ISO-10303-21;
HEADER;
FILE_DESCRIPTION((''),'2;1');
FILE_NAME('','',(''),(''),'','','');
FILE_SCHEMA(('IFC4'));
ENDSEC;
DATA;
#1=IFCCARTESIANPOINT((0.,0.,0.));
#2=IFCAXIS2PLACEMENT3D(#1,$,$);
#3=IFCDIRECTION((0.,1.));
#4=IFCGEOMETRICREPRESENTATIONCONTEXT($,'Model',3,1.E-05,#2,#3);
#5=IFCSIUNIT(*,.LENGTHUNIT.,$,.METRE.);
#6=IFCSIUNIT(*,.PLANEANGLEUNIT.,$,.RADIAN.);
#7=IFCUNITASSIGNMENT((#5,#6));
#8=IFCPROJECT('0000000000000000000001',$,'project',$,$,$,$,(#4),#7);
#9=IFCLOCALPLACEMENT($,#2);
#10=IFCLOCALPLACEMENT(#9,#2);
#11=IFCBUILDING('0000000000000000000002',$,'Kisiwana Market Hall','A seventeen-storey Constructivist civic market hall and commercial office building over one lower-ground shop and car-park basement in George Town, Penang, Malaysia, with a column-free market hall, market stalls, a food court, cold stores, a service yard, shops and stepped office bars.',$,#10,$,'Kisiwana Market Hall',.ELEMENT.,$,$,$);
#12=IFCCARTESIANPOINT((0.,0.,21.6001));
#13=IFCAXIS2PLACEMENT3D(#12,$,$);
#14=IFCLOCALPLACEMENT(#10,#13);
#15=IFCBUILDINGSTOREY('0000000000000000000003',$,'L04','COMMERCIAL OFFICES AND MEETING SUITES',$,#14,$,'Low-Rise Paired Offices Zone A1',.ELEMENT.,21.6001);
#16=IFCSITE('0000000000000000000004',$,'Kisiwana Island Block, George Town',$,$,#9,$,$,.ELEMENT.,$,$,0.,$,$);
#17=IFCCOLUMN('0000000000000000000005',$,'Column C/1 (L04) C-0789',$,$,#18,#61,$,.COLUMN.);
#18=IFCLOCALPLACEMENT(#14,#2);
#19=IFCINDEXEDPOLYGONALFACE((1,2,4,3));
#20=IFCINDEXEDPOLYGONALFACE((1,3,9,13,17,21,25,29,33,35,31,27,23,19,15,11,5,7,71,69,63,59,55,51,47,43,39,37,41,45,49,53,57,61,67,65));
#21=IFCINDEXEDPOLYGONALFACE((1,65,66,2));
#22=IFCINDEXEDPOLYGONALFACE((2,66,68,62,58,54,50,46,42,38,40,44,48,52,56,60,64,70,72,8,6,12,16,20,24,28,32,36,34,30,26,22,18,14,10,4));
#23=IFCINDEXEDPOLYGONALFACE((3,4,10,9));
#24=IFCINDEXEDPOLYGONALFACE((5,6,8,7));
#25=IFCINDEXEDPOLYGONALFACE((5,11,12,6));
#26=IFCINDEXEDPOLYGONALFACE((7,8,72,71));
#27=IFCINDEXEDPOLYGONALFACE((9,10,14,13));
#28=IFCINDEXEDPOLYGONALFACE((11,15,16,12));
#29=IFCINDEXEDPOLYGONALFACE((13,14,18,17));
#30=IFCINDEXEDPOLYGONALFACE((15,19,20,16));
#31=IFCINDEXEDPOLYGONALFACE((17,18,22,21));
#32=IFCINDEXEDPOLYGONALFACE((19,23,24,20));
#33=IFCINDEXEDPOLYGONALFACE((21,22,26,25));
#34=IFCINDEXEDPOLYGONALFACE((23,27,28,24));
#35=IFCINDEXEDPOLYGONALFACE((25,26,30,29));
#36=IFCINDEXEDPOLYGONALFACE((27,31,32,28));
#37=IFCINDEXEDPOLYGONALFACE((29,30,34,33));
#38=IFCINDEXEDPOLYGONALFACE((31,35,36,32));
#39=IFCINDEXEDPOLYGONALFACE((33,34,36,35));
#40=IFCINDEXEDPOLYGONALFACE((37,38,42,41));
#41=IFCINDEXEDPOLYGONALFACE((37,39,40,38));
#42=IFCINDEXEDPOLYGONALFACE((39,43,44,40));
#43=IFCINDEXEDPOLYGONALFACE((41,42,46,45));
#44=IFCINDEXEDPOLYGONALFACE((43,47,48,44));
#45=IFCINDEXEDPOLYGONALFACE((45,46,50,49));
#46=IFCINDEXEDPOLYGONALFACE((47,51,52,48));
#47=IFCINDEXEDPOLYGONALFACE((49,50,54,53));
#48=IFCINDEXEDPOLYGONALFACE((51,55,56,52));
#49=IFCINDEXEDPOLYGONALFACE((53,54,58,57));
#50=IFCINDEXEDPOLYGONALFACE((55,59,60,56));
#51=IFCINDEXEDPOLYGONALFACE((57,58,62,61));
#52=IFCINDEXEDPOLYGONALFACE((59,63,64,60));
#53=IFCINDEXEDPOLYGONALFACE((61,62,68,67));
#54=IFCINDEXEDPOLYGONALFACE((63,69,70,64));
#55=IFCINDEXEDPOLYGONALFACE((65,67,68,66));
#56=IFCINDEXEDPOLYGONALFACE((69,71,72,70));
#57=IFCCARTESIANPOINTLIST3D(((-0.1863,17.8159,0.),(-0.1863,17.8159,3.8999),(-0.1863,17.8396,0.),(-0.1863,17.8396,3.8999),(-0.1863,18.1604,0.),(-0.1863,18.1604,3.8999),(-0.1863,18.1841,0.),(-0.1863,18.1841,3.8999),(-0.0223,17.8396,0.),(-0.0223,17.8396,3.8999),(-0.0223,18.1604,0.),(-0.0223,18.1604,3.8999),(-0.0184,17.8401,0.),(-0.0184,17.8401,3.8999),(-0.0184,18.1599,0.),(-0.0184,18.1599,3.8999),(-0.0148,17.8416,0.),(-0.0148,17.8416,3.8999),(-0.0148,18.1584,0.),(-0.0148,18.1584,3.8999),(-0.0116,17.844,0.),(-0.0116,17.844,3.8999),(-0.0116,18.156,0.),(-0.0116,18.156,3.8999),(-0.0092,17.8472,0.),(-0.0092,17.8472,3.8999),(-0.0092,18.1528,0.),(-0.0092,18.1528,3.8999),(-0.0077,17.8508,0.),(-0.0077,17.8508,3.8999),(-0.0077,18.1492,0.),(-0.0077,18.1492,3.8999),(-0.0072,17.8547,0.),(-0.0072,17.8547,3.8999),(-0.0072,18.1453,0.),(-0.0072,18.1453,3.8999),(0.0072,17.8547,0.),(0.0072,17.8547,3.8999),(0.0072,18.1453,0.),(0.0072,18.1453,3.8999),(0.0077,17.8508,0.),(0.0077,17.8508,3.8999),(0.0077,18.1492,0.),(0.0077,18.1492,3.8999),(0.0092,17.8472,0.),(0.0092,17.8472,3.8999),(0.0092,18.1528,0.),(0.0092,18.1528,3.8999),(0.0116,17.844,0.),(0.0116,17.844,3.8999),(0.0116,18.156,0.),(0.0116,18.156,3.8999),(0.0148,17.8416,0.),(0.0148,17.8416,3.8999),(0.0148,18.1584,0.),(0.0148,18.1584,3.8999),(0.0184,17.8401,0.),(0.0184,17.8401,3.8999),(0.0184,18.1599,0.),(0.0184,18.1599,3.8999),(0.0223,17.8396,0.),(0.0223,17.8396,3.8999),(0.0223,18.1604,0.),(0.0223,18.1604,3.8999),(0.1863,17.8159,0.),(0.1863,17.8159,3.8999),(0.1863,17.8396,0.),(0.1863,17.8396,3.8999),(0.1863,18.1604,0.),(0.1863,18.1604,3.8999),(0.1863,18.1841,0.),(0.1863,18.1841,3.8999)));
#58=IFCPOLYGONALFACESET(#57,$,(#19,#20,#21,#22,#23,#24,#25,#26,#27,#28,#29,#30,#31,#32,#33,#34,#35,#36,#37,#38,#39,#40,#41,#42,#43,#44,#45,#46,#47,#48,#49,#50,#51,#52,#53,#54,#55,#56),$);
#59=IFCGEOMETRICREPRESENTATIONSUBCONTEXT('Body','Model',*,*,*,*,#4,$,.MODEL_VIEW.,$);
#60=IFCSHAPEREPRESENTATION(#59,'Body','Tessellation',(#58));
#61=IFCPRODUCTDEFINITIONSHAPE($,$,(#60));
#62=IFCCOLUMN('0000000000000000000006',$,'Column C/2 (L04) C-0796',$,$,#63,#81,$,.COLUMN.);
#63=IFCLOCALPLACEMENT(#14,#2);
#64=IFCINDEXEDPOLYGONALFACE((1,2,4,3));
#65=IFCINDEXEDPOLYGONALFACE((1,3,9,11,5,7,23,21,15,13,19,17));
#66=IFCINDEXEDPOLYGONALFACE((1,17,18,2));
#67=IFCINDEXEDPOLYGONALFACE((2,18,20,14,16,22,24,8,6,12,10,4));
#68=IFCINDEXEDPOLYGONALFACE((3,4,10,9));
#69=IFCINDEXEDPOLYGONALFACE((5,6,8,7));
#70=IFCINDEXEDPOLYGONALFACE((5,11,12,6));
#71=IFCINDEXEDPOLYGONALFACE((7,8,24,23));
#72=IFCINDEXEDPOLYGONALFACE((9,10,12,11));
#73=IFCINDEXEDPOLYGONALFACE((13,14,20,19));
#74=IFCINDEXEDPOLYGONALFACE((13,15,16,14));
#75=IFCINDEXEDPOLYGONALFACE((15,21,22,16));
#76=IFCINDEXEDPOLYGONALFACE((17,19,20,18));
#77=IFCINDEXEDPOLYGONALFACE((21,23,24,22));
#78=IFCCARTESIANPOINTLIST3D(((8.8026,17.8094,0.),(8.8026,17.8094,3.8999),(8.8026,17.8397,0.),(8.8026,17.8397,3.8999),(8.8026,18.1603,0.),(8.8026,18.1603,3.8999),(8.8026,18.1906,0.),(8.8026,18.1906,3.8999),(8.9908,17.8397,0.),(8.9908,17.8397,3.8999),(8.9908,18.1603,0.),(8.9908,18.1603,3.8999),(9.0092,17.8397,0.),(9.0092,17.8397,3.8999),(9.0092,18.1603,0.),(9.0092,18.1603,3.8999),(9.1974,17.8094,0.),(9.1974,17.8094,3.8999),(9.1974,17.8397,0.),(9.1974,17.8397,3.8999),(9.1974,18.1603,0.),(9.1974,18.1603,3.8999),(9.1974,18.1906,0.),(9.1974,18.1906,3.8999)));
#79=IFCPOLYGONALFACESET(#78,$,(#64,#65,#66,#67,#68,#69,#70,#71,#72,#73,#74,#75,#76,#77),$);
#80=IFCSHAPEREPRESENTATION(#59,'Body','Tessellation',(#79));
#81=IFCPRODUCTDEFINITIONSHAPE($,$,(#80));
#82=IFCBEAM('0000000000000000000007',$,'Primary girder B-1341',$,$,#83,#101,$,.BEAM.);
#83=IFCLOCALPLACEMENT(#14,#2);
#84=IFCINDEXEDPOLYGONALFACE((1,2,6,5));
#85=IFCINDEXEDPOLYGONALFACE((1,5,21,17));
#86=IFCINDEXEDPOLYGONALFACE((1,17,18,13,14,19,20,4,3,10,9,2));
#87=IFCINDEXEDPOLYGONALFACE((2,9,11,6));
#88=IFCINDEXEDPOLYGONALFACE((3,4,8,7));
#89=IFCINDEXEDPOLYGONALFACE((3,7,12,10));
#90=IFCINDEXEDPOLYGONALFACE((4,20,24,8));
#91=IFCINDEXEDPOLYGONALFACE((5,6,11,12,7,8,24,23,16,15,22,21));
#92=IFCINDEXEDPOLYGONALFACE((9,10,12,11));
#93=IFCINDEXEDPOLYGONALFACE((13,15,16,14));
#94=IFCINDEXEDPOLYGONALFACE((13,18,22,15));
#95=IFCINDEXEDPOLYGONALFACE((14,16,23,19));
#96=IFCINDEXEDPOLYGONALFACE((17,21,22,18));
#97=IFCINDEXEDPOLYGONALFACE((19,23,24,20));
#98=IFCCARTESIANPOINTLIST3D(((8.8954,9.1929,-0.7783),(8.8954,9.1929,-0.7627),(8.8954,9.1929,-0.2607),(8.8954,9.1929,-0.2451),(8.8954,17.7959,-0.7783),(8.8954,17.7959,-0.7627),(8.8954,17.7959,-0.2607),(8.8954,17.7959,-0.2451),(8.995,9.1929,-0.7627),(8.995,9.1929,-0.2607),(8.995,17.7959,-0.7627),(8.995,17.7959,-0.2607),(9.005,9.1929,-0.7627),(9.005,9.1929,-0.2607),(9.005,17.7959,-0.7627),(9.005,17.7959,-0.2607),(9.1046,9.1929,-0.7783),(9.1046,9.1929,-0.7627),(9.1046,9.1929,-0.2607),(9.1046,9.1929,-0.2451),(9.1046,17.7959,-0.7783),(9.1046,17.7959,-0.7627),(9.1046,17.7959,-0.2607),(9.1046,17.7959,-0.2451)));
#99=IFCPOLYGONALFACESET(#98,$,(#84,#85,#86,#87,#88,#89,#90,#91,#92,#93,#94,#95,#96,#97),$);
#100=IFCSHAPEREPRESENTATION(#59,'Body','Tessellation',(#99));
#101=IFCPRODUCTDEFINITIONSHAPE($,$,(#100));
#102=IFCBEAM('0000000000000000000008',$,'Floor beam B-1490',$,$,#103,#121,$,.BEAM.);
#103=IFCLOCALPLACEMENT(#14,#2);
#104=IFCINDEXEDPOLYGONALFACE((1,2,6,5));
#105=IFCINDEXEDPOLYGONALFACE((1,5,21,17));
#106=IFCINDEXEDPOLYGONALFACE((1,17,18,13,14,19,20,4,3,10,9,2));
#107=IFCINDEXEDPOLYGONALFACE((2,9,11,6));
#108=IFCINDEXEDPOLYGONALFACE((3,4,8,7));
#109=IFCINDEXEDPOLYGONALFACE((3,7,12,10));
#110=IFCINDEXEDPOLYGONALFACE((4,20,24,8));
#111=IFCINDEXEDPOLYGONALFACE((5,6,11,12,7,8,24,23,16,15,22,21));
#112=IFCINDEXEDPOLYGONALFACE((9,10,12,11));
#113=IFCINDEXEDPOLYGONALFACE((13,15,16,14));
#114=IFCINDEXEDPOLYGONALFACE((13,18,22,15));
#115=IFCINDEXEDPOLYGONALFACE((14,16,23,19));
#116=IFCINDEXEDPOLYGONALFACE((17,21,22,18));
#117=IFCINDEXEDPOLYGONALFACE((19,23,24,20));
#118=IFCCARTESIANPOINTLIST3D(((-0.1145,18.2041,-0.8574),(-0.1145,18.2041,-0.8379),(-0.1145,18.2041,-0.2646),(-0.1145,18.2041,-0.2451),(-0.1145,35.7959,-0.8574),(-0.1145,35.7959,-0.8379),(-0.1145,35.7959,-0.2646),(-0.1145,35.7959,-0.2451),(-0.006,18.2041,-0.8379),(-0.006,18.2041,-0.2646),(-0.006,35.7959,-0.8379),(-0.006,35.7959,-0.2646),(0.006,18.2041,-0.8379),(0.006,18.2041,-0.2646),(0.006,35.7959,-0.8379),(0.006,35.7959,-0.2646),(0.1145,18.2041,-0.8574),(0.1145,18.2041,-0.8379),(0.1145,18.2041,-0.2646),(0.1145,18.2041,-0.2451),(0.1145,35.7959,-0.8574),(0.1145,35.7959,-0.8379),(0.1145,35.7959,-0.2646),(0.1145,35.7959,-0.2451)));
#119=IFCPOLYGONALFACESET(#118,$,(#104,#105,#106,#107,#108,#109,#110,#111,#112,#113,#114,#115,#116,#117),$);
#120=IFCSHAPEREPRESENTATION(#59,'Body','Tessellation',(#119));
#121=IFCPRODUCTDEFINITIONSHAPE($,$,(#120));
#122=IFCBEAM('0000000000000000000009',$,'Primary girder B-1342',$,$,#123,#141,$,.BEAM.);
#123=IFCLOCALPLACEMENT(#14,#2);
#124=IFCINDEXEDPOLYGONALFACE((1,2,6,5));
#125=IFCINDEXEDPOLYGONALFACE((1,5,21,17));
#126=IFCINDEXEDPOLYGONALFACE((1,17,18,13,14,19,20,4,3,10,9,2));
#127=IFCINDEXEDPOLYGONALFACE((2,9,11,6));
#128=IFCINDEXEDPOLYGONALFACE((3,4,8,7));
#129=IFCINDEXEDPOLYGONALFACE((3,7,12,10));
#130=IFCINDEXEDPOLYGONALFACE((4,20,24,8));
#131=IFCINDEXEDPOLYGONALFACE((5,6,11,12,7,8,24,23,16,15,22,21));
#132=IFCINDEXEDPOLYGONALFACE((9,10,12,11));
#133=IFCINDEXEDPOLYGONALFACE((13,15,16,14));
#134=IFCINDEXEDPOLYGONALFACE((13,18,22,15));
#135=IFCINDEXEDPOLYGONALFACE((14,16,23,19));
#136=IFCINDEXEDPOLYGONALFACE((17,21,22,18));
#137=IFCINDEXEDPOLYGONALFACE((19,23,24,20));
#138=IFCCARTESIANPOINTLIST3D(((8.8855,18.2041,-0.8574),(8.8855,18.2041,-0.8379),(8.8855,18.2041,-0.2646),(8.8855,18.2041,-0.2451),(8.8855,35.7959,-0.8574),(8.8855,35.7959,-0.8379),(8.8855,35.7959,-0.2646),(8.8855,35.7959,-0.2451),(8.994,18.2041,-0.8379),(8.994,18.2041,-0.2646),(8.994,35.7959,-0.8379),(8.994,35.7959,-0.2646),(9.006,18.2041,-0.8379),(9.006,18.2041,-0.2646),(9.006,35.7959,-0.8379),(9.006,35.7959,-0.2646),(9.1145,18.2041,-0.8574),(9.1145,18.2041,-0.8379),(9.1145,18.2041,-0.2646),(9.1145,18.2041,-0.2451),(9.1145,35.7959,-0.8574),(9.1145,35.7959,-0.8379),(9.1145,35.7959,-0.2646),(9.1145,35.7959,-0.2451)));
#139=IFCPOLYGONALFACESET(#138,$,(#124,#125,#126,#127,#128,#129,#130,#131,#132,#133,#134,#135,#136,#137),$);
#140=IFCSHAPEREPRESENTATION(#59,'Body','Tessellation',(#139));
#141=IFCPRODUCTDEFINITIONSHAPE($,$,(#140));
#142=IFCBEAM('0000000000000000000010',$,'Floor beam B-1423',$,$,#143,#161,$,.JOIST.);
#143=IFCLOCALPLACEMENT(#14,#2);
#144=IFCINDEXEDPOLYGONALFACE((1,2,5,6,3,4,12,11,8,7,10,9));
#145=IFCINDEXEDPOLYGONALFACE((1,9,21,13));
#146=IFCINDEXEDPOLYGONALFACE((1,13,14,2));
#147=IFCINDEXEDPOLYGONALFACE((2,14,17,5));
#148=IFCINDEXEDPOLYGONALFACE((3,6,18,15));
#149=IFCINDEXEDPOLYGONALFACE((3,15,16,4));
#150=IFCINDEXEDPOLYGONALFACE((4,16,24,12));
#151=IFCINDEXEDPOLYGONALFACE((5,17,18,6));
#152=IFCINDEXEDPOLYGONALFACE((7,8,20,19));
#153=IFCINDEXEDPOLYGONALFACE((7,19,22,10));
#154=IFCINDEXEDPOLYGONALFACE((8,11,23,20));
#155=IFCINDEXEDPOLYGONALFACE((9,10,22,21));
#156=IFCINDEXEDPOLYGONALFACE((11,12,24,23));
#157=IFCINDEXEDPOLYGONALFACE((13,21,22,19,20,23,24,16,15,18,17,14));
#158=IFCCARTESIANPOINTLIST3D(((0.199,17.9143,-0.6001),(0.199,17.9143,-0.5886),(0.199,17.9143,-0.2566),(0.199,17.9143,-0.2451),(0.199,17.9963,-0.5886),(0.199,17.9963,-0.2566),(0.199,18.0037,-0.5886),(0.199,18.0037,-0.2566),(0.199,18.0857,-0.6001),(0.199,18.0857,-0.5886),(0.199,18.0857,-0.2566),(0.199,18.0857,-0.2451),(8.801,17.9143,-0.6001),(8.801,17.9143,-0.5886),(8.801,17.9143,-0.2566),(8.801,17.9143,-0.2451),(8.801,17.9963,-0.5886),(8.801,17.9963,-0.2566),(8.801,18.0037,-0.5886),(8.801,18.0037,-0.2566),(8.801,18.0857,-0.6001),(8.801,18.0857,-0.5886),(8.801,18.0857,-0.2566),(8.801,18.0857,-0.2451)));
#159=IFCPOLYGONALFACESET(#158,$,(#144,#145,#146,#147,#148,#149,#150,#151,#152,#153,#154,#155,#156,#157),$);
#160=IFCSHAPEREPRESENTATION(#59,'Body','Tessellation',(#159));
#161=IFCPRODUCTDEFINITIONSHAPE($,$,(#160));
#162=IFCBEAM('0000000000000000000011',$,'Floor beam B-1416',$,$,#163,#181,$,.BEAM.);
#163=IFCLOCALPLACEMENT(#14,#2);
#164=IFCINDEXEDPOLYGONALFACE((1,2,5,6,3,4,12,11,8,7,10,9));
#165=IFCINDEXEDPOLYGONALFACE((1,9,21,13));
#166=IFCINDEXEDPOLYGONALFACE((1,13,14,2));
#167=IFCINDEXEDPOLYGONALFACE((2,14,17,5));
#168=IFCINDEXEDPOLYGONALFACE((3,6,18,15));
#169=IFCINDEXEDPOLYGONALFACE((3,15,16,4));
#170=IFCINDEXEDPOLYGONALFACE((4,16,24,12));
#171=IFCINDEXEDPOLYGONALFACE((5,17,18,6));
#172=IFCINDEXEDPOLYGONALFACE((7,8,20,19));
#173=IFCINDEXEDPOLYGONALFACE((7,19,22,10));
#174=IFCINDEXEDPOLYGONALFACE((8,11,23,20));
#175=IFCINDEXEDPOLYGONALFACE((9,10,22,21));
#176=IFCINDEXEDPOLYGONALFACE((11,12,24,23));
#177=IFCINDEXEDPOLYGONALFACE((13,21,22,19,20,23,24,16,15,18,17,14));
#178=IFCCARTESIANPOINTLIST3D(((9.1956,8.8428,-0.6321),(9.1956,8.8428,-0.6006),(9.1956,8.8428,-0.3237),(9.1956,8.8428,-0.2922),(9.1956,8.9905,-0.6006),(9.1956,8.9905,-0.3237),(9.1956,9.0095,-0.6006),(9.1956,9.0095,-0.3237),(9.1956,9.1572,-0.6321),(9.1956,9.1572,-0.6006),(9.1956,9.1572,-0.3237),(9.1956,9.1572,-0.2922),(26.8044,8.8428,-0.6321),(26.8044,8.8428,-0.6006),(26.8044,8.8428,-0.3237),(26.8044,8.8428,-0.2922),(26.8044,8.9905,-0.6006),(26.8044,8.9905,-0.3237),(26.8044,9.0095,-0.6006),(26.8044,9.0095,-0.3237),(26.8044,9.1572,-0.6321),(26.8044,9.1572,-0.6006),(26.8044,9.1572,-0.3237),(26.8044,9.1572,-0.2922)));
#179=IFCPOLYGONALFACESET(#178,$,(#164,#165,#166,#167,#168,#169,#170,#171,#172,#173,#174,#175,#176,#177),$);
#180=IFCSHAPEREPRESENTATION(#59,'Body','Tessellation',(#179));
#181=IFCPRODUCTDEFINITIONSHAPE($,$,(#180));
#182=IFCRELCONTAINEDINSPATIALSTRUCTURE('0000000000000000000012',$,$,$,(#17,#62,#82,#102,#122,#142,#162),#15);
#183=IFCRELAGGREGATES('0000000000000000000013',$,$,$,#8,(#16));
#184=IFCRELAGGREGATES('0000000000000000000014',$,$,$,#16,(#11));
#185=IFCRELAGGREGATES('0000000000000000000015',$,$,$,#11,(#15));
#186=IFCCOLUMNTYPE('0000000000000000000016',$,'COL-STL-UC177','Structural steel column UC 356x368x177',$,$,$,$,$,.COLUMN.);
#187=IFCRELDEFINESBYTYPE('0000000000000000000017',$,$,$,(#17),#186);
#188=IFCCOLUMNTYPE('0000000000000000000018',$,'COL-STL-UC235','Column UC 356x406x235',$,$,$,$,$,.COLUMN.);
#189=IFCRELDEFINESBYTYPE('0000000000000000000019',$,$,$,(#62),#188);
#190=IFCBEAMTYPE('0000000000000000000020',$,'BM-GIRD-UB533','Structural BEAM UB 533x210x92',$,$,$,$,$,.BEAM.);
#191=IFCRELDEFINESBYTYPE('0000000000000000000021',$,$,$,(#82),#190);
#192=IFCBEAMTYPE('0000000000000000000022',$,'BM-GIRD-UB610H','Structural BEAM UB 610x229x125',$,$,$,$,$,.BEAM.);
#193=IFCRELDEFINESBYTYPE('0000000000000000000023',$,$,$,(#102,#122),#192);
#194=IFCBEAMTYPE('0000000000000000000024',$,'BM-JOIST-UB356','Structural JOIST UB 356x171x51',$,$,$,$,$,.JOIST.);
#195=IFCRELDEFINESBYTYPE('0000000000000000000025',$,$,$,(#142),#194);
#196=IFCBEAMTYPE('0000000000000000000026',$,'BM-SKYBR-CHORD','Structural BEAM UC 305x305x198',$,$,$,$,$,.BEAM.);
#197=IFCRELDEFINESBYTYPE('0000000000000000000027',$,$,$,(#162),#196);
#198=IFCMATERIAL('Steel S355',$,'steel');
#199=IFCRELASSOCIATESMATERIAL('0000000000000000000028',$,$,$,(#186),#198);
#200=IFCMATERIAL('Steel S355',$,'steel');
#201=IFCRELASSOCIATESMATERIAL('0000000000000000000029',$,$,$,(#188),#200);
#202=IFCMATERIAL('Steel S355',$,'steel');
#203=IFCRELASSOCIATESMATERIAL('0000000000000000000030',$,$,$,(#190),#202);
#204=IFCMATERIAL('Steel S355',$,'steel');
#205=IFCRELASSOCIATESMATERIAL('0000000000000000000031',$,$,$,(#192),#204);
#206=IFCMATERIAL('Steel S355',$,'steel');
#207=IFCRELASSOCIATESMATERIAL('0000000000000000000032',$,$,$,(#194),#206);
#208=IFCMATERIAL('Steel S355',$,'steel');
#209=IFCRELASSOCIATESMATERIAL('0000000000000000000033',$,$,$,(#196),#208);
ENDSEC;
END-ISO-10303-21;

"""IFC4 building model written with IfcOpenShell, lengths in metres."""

from ifc_helpers import new_model, si_unit, direction, frame, origin, origin_2d, place, context, subcontext, project, spatial, i_section, extrude, material, material_profile, profile_set, type_object, element, save


model = new_model("IFC4")

# Units and contexts
model_context = context("Model", 3, precision=1e-05, world=origin(), true_north=direction((0.0, 1.0)))
body_context = subcontext(model_context, "Body", "Model", "MODEL_VIEW")
ifc_project = project(units=[si_unit("LENGTHUNIT", "METRE"), si_unit("PLANEANGLEUNIT", "RADIAN")], contexts=[model_context])

# Site, building, storey
site_placement = place(None, origin())
site = spatial("IfcSite", under=ifc_project, at=site_placement, Name="Kisiwana Island Block, George Town", CompositionType="ELEMENT", RefElevation=0.0)
building_placement = place(site_placement, origin())
building = spatial("IfcBuilding", under=site, at=building_placement, Name="Kisiwana Market Hall", Description="A seventeen-storey Constructivist civic market hall and commercial office building over one lower-ground shop and car-park basement in George Town, Penang, Malaysia, with a column-free market hall, market stalls, a food court, cold stores, a service yard, shops and stepped office bars.", LongName="Kisiwana Market Hall", CompositionType="ELEMENT")
storey_placement = place(building_placement, frame((0.0, 0.0, 21.6001)))
storey = spatial("IfcBuildingStorey", under=building, at=storey_placement, Name="L04", Description="COMMERCIAL OFFICES AND MEETING SUITES", LongName="Low-Rise Paired Offices Zone A1", CompositionType="ELEMENT", Elevation=21.6001)

# Columns
ifc_material_1 = material(Name="Steel S355", Category="steel")
ifc_material_profile_1 = material_profile(ifc_material_1, i_section(OverallWidth=0.3726, OverallDepth=0.3682, WebThickness=0.0144, FlangeThickness=0.0237, FilletRadius=0.0151, at=origin_2d()), Name="UC 356x368x177")
ifc_profile_set_1 = profile_set([ifc_material_profile_1], Name="Steel S355")
column_type_1 = type_object("IfcColumnType", Name="COL-STL-UC177", Description="Structural steel column UC 356x368x177", PredefinedType="COLUMN", material=ifc_profile_set_1)
column_1_placement = place(storey_placement, frame((0.0, 18.0, 0.0), z_axis=(0.0, 0.0, 1.0), x_axis=(1.0, 0.0, 0.0)))
element("IfcColumn", 1, at=column_1_placement, inside=storey, type_object=column_type_1, Name="Column C/1 (L04) C-0789", PredefinedType="COLUMN", context=body_context, shape_type="SweptSolid", body=[
    extrude(i_section(OverallWidth=0.3726, OverallDepth=0.3682, WebThickness=0.0144, FlangeThickness=0.0237, FilletRadius=0.0151, at=origin_2d()), origin(), (0.0, 0.0, 1.0), 3.8999),
])
ifc_material_2 = material(Name="Steel S355", Category="steel")
ifc_material_profile_2 = material_profile(ifc_material_2, i_section(OverallWidth=0.3948, OverallDepth=0.3811, WebThickness=0.0183, FlangeThickness=0.0303, at=origin_2d()), Name="UC 356x406x235")
ifc_profile_set_2 = profile_set([ifc_material_profile_2], Name="Steel S355")
column_type_2 = type_object("IfcColumnType", Name="COL-STL-UC235", Description="Column UC 356x406x235", PredefinedType="COLUMN", material=ifc_profile_set_2)
column_2_placement = place(storey_placement, frame((9.0, 18.0, 0.0), z_axis=(0.0, 0.0, 1.0), x_axis=(1.0, 0.0, 0.0)))
element("IfcColumn", 2, at=column_2_placement, inside=storey, type_object=column_type_2, Name="Column C/2 (L04) C-0796", PredefinedType="COLUMN", context=body_context, shape_type="SweptSolid", body=[
    extrude(i_section(OverallWidth=0.3948, OverallDepth=0.3811, WebThickness=0.0183, FlangeThickness=0.0303, at=origin_2d()), origin(), (0.0, 0.0, 1.0), 3.8999),
])

# Beams
ifc_material_3 = material(Name="Steel S355", Category="steel")
ifc_material_profile_3 = material_profile(ifc_material_3, i_section(OverallWidth=0.2092, OverallDepth=0.5332, WebThickness=0.01, FlangeThickness=0.0156, at=origin_2d()), Name="UB 533x210x92")
ifc_profile_set_3 = profile_set([ifc_material_profile_3], Name="Steel S355")
beam_type_1 = type_object("IfcBeamType", Name="BM-GIRD-UB533", Description="Structural BEAM UB 533x210x92", PredefinedType="BEAM", material=ifc_profile_set_3)
beam_1_placement = place(storey_placement, frame((9.0, 9.1929, -0.5117), z_axis=(0.0, 1.0, 0.0), x_axis=(-1.0, 0.0, 0.0)))
element("IfcBeam", 3, at=beam_1_placement, inside=storey, type_object=beam_type_1, Name="Primary girder B-1341", PredefinedType="BEAM", context=body_context, shape_type="SweptSolid", body=[
    extrude(i_section(OverallWidth=0.2092, OverallDepth=0.5332, WebThickness=0.01, FlangeThickness=0.0156, at=origin_2d()), origin(), (0.0, 0.0, 1.0), 8.603),
])
ifc_material_4 = material(Name="Steel S355", Category="steel")
ifc_material_profile_4 = material_profile(ifc_material_4, i_section(OverallWidth=0.229, OverallDepth=0.6123, WebThickness=0.012, FlangeThickness=0.0195, at=origin_2d()), Name="UB 610x229x125")
ifc_profile_set_4 = profile_set([ifc_material_profile_4], Name="Steel S355")
beam_type_2 = type_object("IfcBeamType", Name="BM-GIRD-UB610H", Description="Structural BEAM UB 610x229x125", PredefinedType="BEAM", material=ifc_profile_set_4)
for number, where, z_axis, x_axis, name in (
    (4, (0.0, 18.2041, -0.5513), (0.0, 1.0, 0.0), (-1.0, 0.0, 0.0), "Floor beam B-1490"),
    (5, (9.0, 18.2041, -0.5513), (0.0, 1.0, 0.0), (-1.0, 0.0, 0.0), "Primary girder B-1342"),
):
    element("IfcBeam", number, at=place(storey_placement, frame(where, z_axis=z_axis, x_axis=x_axis)), inside=storey, type_object=beam_type_2, Name=name, PredefinedType="BEAM", context=body_context, shape_type="SweptSolid", body=[
        extrude(i_section(OverallWidth=0.229, OverallDepth=0.6123, WebThickness=0.012, FlangeThickness=0.0195, at=origin_2d()), origin(), (0.0, 0.0, 1.0), 17.5918),
    ])
ifc_material_5 = material(Name="Steel S355", Category="steel")
ifc_material_profile_5 = material_profile(ifc_material_5, i_section(OverallWidth=0.1714, OverallDepth=0.355, WebThickness=0.0073, FlangeThickness=0.0115, at=origin_2d()), Name="UB 356x171x51")
ifc_profile_set_5 = profile_set([ifc_material_profile_5], Name="Steel S355")
beam_type_3 = type_object("IfcBeamType", Name="BM-JOIST-UB356", Description="Structural JOIST UB 356x171x51", PredefinedType="JOIST", material=ifc_profile_set_5)
beam_2_placement = place(storey_placement, frame((0.199, 18.0, -0.4226), z_axis=(1.0, 0.0, 0.0), x_axis=(0.0, 1.0, 0.0)))
element("IfcBeam", 6, at=beam_2_placement, inside=storey, type_object=beam_type_3, Name="Floor beam B-1423", PredefinedType="JOIST", context=body_context, shape_type="SweptSolid", body=[
    extrude(i_section(OverallWidth=0.1714, OverallDepth=0.355, WebThickness=0.0073, FlangeThickness=0.0115, at=origin_2d()), origin(), (0.0, 0.0, 1.0), 8.6021),
])
ifc_material_6 = material(Name="Steel S355", Category="steel")
ifc_material_profile_6 = material_profile(ifc_material_6, i_section(OverallWidth=0.3145, OverallDepth=0.3398, WebThickness=0.019, FlangeThickness=0.0315, at=origin_2d()), Name="UC 305x305x198")
ifc_profile_set_6 = profile_set([ifc_material_profile_6], Name="Steel S355")
beam_type_4 = type_object("IfcBeamType", Name="BM-SKYBR-CHORD", Description="Structural BEAM UC 305x305x198", PredefinedType="BEAM", material=ifc_profile_set_6)
beam_3_placement = place(storey_placement, frame((9.1956, 9.0, -0.4622), z_axis=(1.0, 0.0, 0.0), x_axis=(0.0, 1.0, 0.0)))
element("IfcBeam", 7, at=beam_3_placement, inside=storey, type_object=beam_type_4, Name="Floor beam B-1416", PredefinedType="BEAM", context=body_context, shape_type="SweptSolid", body=[
    extrude(i_section(OverallWidth=0.3145, OverallDepth=0.3398, WebThickness=0.019, FlangeThickness=0.0315, at=origin_2d()), origin(), (0.0, 0.0, 1.0), 17.6089),
])

save(model, "model.ifc")
